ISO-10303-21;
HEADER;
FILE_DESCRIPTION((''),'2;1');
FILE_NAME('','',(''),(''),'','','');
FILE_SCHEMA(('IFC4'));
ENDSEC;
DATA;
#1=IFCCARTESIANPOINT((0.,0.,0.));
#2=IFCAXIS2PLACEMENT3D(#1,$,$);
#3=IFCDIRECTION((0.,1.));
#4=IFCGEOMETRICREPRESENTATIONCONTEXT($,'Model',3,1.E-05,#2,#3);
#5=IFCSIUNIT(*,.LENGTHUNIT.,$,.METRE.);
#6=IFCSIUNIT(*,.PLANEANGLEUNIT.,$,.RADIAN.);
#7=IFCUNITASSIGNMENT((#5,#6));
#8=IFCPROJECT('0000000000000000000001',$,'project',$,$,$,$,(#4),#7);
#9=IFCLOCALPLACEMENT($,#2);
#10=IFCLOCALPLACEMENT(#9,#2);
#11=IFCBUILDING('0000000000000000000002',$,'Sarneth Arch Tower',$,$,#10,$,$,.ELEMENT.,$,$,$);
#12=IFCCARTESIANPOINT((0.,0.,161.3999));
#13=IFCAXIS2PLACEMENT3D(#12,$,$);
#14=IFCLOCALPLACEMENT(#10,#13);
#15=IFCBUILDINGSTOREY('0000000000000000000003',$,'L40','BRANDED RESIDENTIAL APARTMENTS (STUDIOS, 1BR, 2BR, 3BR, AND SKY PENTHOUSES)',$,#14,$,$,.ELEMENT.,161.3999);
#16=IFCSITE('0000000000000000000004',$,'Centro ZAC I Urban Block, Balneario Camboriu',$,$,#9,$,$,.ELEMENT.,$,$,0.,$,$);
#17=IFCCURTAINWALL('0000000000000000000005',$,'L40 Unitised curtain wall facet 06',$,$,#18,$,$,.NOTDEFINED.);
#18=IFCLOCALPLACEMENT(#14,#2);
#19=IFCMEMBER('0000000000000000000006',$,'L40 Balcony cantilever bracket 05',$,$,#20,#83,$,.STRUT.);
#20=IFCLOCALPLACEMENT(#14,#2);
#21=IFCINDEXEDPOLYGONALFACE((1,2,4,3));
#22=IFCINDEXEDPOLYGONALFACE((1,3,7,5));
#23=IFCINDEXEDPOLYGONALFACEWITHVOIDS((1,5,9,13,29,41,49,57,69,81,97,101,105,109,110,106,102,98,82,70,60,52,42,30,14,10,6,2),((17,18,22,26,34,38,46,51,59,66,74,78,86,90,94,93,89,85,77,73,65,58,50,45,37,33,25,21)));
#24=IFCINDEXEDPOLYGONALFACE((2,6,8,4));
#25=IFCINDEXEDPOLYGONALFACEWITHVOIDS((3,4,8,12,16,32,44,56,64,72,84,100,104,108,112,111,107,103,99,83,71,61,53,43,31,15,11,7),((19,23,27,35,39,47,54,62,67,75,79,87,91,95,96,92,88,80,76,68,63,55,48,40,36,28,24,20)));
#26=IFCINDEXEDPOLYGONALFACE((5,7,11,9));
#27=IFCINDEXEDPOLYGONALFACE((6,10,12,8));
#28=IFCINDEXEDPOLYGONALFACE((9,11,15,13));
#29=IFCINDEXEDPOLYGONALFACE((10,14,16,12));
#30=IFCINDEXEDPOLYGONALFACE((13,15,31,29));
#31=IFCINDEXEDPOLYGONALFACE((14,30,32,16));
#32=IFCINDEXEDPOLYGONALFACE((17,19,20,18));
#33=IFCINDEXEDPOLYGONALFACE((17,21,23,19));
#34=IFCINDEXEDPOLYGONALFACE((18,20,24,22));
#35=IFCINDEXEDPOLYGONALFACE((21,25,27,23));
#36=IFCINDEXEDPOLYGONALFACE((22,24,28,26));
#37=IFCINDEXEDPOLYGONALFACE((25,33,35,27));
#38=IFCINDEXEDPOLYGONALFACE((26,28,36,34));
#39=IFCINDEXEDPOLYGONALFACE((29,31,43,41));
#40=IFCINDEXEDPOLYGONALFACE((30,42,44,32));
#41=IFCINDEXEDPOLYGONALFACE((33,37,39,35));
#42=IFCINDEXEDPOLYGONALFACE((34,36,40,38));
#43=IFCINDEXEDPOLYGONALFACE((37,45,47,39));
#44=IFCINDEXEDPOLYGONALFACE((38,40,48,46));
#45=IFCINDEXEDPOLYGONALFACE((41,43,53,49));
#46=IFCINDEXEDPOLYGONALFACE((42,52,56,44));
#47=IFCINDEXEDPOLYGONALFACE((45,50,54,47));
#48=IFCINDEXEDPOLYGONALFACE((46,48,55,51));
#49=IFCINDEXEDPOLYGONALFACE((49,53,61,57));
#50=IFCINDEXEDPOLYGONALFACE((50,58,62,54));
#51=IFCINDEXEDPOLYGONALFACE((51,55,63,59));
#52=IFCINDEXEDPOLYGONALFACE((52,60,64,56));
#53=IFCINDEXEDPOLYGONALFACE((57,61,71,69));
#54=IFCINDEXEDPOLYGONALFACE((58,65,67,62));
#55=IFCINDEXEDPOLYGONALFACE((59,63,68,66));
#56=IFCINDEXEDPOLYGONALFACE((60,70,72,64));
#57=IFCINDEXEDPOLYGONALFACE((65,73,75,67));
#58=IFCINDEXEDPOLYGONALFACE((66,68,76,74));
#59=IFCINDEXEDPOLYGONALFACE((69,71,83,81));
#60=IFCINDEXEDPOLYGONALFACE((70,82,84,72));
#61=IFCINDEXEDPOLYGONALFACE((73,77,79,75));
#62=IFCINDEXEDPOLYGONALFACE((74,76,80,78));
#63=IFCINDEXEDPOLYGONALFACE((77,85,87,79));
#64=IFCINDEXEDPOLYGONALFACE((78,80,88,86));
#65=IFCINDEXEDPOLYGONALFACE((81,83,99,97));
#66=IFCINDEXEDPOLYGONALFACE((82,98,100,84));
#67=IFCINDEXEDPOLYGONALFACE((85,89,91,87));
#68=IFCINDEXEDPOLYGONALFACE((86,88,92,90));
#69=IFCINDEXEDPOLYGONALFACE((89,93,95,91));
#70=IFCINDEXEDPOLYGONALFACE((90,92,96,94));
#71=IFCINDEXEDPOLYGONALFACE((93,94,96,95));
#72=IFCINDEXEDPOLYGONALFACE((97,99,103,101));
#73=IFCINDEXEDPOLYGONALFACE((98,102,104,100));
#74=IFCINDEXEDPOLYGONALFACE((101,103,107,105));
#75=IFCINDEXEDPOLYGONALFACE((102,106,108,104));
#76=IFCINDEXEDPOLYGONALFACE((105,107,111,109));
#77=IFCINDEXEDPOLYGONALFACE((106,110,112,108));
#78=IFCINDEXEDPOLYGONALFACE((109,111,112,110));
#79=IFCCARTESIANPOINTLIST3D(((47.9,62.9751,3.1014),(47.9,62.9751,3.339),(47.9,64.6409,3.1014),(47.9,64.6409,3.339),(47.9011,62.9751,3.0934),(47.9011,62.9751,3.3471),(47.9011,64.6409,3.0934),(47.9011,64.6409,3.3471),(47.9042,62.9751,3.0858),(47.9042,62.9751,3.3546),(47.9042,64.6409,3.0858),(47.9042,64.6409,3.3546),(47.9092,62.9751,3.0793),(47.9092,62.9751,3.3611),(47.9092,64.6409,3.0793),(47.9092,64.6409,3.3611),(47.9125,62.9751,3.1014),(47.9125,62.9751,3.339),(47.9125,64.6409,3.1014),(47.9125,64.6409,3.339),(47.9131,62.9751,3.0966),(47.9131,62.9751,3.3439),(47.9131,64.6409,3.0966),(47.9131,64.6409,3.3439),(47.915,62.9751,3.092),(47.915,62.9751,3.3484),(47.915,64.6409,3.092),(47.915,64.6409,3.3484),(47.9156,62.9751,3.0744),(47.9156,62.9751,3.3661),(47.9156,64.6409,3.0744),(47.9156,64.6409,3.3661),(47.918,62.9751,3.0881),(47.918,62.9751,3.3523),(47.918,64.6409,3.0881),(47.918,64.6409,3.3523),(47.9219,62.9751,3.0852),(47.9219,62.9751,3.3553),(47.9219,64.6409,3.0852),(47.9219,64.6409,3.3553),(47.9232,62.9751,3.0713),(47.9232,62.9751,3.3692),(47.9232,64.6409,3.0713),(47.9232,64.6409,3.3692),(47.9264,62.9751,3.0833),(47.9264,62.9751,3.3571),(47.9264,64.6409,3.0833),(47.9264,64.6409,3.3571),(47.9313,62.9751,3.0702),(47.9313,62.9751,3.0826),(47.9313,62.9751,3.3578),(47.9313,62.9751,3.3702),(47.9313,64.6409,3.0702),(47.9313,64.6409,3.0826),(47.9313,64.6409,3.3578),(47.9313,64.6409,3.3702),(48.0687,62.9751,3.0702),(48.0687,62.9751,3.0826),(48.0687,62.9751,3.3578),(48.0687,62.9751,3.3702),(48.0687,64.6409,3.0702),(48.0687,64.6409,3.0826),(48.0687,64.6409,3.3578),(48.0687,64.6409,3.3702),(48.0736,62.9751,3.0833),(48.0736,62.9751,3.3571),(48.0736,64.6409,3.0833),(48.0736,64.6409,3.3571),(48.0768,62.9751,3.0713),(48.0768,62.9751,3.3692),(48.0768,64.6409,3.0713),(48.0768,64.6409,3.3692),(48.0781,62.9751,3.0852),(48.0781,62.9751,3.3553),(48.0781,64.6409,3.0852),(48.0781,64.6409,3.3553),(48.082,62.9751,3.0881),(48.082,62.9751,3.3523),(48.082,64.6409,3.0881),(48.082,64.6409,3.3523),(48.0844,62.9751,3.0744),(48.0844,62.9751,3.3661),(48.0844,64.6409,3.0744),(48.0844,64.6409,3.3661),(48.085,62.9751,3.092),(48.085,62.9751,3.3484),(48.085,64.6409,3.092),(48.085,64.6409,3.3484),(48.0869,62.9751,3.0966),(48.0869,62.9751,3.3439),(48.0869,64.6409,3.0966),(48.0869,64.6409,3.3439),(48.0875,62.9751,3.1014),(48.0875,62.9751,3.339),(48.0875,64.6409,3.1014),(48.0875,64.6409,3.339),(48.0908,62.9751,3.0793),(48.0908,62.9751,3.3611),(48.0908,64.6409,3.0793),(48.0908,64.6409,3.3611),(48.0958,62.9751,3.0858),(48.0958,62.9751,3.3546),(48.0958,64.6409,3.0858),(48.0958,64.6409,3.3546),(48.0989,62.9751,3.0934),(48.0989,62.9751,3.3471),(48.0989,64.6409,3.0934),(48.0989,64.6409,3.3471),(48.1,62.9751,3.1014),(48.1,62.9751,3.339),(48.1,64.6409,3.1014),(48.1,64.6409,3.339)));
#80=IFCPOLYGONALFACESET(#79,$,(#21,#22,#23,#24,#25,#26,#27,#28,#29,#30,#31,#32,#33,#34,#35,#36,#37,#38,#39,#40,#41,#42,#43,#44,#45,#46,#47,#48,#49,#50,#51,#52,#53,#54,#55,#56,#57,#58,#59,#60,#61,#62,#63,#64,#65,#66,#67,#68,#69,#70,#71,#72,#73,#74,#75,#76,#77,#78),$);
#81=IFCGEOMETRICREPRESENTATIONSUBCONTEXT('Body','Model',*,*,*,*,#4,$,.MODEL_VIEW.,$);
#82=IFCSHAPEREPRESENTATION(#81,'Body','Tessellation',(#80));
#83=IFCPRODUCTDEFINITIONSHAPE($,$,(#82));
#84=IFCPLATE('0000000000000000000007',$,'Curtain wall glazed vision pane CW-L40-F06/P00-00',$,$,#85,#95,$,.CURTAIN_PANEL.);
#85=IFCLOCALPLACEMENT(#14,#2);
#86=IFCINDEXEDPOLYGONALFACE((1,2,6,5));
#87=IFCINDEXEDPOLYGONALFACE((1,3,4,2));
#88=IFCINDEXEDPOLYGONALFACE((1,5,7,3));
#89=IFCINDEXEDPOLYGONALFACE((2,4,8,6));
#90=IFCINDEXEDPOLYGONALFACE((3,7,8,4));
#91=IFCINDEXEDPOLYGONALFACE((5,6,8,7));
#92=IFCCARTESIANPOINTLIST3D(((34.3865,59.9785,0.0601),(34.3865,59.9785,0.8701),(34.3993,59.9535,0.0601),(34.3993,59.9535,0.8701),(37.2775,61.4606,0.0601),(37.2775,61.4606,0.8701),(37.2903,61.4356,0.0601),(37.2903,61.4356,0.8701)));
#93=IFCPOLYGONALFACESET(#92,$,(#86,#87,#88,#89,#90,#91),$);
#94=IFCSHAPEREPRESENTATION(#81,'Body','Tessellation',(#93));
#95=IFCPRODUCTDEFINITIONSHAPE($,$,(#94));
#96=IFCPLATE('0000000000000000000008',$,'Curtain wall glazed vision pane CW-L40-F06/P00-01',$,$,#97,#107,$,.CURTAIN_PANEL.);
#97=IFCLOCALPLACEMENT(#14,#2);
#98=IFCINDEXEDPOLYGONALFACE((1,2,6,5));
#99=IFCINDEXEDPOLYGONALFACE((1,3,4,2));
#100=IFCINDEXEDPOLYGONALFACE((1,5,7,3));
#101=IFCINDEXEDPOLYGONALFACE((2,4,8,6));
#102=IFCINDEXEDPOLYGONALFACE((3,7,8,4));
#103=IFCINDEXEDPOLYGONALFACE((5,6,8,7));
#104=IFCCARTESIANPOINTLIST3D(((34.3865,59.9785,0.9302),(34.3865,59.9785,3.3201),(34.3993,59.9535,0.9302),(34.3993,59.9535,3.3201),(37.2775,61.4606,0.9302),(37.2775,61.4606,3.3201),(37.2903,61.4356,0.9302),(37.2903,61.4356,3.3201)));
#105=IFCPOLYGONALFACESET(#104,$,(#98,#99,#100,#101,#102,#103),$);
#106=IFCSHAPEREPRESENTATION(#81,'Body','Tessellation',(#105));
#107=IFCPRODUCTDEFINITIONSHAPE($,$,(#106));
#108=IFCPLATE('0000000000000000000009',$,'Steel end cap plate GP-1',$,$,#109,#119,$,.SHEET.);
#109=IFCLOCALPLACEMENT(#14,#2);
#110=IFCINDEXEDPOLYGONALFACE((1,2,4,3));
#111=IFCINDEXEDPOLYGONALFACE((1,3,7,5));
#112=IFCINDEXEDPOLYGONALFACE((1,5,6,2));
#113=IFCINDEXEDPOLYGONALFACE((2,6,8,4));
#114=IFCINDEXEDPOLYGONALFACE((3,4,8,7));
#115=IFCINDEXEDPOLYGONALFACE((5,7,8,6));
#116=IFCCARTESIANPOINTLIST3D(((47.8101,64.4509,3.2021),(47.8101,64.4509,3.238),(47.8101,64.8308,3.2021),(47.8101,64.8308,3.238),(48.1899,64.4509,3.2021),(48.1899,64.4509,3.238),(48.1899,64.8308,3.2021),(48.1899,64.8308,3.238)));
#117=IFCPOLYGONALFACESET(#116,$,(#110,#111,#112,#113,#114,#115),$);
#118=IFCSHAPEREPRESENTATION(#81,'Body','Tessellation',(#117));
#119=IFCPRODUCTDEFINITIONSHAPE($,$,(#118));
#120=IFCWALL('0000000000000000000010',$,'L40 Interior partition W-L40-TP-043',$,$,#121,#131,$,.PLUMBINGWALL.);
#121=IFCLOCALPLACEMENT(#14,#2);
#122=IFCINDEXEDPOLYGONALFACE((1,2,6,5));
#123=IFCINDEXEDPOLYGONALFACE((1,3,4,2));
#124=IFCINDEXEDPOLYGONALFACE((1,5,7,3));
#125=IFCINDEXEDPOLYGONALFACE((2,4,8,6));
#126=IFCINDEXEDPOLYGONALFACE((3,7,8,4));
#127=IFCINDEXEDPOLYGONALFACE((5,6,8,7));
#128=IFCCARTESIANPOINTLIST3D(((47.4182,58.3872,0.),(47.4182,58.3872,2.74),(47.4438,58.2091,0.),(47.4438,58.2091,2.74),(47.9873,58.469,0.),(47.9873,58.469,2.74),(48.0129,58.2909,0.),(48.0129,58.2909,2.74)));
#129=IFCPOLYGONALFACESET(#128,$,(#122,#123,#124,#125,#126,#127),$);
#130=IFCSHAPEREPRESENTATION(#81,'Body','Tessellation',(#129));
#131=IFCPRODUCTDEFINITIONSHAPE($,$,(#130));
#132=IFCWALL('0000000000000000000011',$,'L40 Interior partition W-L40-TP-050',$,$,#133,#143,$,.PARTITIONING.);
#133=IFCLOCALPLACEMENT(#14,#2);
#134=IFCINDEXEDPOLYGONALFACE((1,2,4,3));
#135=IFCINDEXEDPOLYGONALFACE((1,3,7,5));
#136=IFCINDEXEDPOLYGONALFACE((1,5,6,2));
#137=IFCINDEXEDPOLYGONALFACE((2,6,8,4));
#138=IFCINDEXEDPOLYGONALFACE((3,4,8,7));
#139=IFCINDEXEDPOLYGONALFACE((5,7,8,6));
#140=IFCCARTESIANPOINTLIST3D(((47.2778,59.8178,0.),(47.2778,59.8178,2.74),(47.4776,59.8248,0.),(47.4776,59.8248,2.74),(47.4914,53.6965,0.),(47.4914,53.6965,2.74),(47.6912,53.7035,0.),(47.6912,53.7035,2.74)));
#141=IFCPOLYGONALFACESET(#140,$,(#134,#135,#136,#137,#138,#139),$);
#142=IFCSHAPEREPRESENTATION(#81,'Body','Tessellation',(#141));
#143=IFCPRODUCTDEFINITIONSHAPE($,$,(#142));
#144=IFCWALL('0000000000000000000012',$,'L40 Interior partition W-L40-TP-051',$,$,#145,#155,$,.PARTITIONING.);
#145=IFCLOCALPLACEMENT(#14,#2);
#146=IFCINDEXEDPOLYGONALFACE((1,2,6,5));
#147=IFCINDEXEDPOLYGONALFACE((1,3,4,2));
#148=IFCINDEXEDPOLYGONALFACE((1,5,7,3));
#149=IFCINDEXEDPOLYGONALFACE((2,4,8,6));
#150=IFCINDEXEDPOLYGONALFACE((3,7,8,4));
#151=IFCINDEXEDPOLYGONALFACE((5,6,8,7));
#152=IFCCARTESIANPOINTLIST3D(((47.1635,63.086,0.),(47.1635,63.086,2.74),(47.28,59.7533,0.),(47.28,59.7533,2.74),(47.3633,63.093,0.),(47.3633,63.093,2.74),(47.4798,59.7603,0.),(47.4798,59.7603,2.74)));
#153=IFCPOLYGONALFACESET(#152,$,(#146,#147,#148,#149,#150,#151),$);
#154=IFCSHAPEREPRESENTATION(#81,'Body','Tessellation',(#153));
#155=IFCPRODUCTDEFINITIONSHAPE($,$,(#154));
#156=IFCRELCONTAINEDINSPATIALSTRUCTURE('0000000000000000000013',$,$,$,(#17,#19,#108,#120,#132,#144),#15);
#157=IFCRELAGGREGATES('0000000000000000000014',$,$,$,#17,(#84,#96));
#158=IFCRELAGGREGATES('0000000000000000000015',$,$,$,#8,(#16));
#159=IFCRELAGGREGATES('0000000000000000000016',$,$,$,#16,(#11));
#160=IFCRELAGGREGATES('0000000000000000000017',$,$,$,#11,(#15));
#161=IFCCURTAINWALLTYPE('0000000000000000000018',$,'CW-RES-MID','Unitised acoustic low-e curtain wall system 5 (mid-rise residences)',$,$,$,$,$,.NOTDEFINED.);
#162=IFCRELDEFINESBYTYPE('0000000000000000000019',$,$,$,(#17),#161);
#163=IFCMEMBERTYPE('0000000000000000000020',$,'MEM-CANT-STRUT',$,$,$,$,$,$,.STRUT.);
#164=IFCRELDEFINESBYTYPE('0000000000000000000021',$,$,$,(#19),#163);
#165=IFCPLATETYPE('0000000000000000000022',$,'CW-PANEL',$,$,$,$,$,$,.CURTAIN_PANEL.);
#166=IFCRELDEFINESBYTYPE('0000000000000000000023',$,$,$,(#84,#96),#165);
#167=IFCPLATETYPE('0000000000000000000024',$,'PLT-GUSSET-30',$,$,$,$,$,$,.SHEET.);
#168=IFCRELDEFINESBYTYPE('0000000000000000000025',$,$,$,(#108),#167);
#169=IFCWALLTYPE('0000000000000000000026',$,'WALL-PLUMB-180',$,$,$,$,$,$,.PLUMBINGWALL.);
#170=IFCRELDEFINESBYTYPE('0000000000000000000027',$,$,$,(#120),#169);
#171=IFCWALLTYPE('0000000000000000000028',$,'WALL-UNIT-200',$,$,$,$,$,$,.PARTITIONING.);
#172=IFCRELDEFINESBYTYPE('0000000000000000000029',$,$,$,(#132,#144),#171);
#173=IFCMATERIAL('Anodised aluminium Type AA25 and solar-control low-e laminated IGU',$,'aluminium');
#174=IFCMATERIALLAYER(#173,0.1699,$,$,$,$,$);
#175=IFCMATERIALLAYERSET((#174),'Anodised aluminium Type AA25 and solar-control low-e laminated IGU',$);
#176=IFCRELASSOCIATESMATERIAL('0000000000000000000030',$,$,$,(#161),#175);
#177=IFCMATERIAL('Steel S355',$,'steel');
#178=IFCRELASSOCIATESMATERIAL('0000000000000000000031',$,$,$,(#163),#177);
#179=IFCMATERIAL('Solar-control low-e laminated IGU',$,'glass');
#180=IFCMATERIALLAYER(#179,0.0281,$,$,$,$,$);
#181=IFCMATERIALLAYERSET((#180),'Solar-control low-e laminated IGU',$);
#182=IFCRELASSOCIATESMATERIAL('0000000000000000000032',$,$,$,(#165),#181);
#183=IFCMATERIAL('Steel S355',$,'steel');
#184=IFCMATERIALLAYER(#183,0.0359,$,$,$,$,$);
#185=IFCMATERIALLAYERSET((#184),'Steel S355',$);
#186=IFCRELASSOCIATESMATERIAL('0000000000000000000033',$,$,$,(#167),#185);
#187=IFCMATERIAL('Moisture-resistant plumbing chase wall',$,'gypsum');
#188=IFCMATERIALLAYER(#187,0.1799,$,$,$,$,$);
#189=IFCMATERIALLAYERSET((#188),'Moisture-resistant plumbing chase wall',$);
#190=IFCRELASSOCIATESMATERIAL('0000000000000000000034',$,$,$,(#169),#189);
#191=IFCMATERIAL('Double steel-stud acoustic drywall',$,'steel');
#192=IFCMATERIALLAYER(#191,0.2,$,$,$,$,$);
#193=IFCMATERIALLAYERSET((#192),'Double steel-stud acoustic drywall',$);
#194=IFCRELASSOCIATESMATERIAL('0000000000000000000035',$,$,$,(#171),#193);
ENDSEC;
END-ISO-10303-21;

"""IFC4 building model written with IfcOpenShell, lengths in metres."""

from ifc_helpers import new_model, si_unit, direction, frame, frame_2d, origin, origin_2d, place, context, subcontext, project, spatial, rectangle, hollow_rectangle, extrude, material, layer, layer_set, material_profile, profile_set, type_object, element, aggregate, save


model = new_model("IFC4")

# Units and contexts
model_context = context("Model", 3, precision=1e-05, world=origin(), true_north=direction((0.0, 1.0)))
body_context = subcontext(model_context, "Body", "Model", "MODEL_VIEW")
ifc_project = project(units=[si_unit("LENGTHUNIT", "METRE"), si_unit("PLANEANGLEUNIT", "RADIAN")], contexts=[model_context])

# Site, building, storey
site_placement = place(None, origin())
site = spatial("IfcSite", under=ifc_project, at=site_placement, Name="Centro ZAC I Urban Block, Balneario Camboriu", CompositionType="ELEMENT", RefElevation=0.0)
building_placement = place(site_placement, origin())
building = spatial("IfcBuilding", under=site, at=building_placement, Name="Sarneth Arch Tower", CompositionType="ELEMENT")
storey_placement = place(building_placement, frame((0.0, 0.0, 161.3999)))
storey = spatial("IfcBuildingStorey", under=building, at=storey_placement, Name="L40", Description="BRANDED RESIDENTIAL APARTMENTS (STUDIOS, 1BR, 2BR, 3BR, AND SKY PENTHOUSES)", CompositionType="ELEMENT", Elevation=161.3999)

# Curtain wall
ifc_material_1 = material(Name="Anodised aluminium Type AA25 and solar-control low-e laminated IGU", Category="aluminium")
ifc_layer_1 = layer(ifc_material_1, 0.1699)
ifc_layer_set_1 = layer_set([ifc_layer_1], Name="Anodised aluminium Type AA25 and solar-control low-e laminated IGU")
curtain_wall_type = type_object("IfcCurtainWallType", Name="CW-RES-MID", Description="Unitised acoustic low-e curtain wall system 5 (mid-rise residences)", PredefinedType="NOTDEFINED", material=ifc_layer_set_1)
curtain_wall_placement = place(storey_placement, origin())
curtain_wall = element("IfcCurtainWall", 1, at=curtain_wall_placement, inside=storey, type_object=curtain_wall_type, Name="L40 Unitised curtain wall facet 06", PredefinedType="NOTDEFINED")

# Member
ifc_material_2 = material(Name="Steel S355", Category="steel")
ifc_material_profile_1 = material_profile(ifc_material_2, hollow_rectangle(XDim=0.2, YDim=0.3, WallThickness=0.0125, InnerFilletRadius=0.0188, OuterFilletRadius=0.0312, at=origin_2d()), Name="RHS300x200x12.5")
ifc_profile_set_1 = profile_set([ifc_material_profile_1], Name="Steel S355")
member_type_1 = type_object("IfcMemberType", Name="MEM-CANT-STRUT", PredefinedType="STRUT", material=ifc_profile_set_1)
member_1_placement = place(storey_placement, frame((48.0, 62.9751, 3.2202), z_axis=(0.0, 1.0, 0.0), x_axis=(-1.0, 0.0, 0.0)))
element("IfcMember", 2, at=member_1_placement, inside=storey, type_object=member_type_1, Name="L40 Balcony cantilever bracket 05", PredefinedType="STRUT", context=body_context, shape_type="SweptSolid", body=[
    extrude(hollow_rectangle(XDim=0.2, YDim=0.3, WallThickness=0.0125, InnerFilletRadius=0.0188, OuterFilletRadius=0.0312, at=origin_2d()), origin(), (0.0, 0.0, 1.0), 1.6658),
])

# Plates
ifc_material_3 = material(Name="Solar-control low-e laminated IGU", Category="glass")
ifc_layer_2 = layer(ifc_material_3, 0.0281)
ifc_layer_set_2 = layer_set([ifc_layer_2], Name="Solar-control low-e laminated IGU")
plate_type_1 = type_object("IfcPlateType", Name="CW-PANEL", PredefinedType="CURTAIN_PANEL", material=ifc_layer_set_2)
plate_1_placement = place(storey_placement, frame((35.8384, 60.707, 0.0601), z_axis=(0.0, 0.0, 1.0), x_axis=(-0.889873, -0.456208, 0.0)))
plate_1 = element("IfcPlate", 3, at=plate_1_placement, type_object=plate_type_1, Name="Curtain wall glazed vision pane CW-L40-F06/P00-00", PredefinedType="CURTAIN_PANEL", context=body_context, shape_type="SweptSolid", body=[
    extrude(rectangle(XDim=3.2488, YDim=0.0281, at=origin_2d()), origin(), (0.0, 0.0, 1.0), 0.8101),
])
plate_2_placement = place(storey_placement, frame((35.8384, 60.707, 0.9302), z_axis=(0.0, 0.0, 1.0), x_axis=(-0.889873, -0.456208, 0.0)))
plate_2 = element("IfcPlate", 4, at=plate_2_placement, type_object=plate_type_1, Name="Curtain wall glazed vision pane CW-L40-F06/P00-01", PredefinedType="CURTAIN_PANEL", context=body_context, shape_type="SweptSolid", body=[
    extrude(rectangle(XDim=3.2488, YDim=0.0281, at=origin_2d()), origin(), (0.0, 0.0, 1.0), 2.3899),
])
aggregate(curtain_wall, [plate_1, plate_2])
ifc_material_4 = material(Name="Steel S355", Category="steel")
ifc_layer_3 = layer(ifc_material_4, 0.0359)
ifc_layer_set_3 = layer_set([ifc_layer_3], Name="Steel S355")
plate_type_2 = type_object("IfcPlateType", Name="PLT-GUSSET-30", PredefinedType="SHEET", material=ifc_layer_set_3)
plate_3_placement = place(storey_placement, frame((48.0, 64.6409, 3.2021), z_axis=(0.0, 0.0, 1.0), x_axis=(0.0, 1.0, 0.0)))
element("IfcPlate", 5, at=plate_3_placement, inside=storey, type_object=plate_type_2, Name="Steel end cap plate GP-1", PredefinedType="SHEET", context=body_context, shape_type="SweptSolid", body=[
    extrude(rectangle(XDim=0.3799, YDim=0.3799, at=origin_2d()), origin(), (0.0, 0.0, 1.0), 0.0359),
])

# Walls
ifc_material_5 = material(Name="Moisture-resistant plumbing chase wall", Category="gypsum")
ifc_layer_4 = layer(ifc_material_5, 0.1799)
ifc_layer_set_4 = layer_set([ifc_layer_4], Name="Moisture-resistant plumbing chase wall")
wall_type_1 = type_object("IfcWallType", Name="WALL-PLUMB-180", PredefinedType="PLUMBINGWALL", material=ifc_layer_set_4)
wall_1_placement = place(storey_placement, frame((47.4309, 58.2981, 0.0), z_axis=(0.0, 0.0, 1.0), x_axis=(0.98983, 0.142254, 0.0)))
element("IfcWall", 6, at=wall_1_placement, inside=storey, type_object=wall_type_1, Name="L40 Interior partition W-L40-TP-043", PredefinedType="PLUMBINGWALL", context=body_context, shape_type="SweptSolid", body=[
    extrude(rectangle(XDim=0.575, YDim=0.1799, at=frame_2d((0.2876, 0.0))), origin(), (0.0, 0.0, 1.0), 2.74),
])
ifc_material_6 = material(Name="Double steel-stud acoustic drywall", Category="steel")
ifc_layer_5 = layer(ifc_material_6, 0.2)
ifc_layer_set_5 = layer_set([ifc_layer_5], Name="Double steel-stud acoustic drywall")
wall_type_2 = type_object("IfcWallType", Name="WALL-UNIT-200", PredefinedType="PARTITIONING", material=ifc_layer_set_5)
wall_2_placement = place(storey_placement, frame((47.3777, 59.8213, 0.0), z_axis=(0.0, 0.0, 1.0), x_axis=(0.034877, -0.999392, 0.0)))
element("IfcWall", 7, at=wall_2_placement, inside=storey, type_object=wall_type_2, Name="L40 Interior partition W-L40-TP-050", PredefinedType="PARTITIONING", context=body_context, shape_type="SweptSolid", body=[
    extrude(rectangle(XDim=6.125, YDim=0.2, at=frame_2d((3.0625, 0.0))), origin(), (0.0, 0.0, 1.0), 2.74),
])
wall_3_placement = place(storey_placement, frame((47.2634, 63.0896, 0.0), z_axis=(0.0, 0.0, 1.0), x_axis=(0.034921, -0.99939, 0.0)))
element("IfcWall", 8, at=wall_3_placement, inside=storey, type_object=wall_type_2, Name="L40 Interior partition W-L40-TP-051", PredefinedType="PARTITIONING", context=body_context, shape_type="SweptSolid", body=[
    extrude(rectangle(XDim=3.3347, YDim=0.2, at=frame_2d((1.6675, 0.0))), origin(), (0.0, 0.0, 1.0), 2.74),
])

save(model, "model.ifc")
